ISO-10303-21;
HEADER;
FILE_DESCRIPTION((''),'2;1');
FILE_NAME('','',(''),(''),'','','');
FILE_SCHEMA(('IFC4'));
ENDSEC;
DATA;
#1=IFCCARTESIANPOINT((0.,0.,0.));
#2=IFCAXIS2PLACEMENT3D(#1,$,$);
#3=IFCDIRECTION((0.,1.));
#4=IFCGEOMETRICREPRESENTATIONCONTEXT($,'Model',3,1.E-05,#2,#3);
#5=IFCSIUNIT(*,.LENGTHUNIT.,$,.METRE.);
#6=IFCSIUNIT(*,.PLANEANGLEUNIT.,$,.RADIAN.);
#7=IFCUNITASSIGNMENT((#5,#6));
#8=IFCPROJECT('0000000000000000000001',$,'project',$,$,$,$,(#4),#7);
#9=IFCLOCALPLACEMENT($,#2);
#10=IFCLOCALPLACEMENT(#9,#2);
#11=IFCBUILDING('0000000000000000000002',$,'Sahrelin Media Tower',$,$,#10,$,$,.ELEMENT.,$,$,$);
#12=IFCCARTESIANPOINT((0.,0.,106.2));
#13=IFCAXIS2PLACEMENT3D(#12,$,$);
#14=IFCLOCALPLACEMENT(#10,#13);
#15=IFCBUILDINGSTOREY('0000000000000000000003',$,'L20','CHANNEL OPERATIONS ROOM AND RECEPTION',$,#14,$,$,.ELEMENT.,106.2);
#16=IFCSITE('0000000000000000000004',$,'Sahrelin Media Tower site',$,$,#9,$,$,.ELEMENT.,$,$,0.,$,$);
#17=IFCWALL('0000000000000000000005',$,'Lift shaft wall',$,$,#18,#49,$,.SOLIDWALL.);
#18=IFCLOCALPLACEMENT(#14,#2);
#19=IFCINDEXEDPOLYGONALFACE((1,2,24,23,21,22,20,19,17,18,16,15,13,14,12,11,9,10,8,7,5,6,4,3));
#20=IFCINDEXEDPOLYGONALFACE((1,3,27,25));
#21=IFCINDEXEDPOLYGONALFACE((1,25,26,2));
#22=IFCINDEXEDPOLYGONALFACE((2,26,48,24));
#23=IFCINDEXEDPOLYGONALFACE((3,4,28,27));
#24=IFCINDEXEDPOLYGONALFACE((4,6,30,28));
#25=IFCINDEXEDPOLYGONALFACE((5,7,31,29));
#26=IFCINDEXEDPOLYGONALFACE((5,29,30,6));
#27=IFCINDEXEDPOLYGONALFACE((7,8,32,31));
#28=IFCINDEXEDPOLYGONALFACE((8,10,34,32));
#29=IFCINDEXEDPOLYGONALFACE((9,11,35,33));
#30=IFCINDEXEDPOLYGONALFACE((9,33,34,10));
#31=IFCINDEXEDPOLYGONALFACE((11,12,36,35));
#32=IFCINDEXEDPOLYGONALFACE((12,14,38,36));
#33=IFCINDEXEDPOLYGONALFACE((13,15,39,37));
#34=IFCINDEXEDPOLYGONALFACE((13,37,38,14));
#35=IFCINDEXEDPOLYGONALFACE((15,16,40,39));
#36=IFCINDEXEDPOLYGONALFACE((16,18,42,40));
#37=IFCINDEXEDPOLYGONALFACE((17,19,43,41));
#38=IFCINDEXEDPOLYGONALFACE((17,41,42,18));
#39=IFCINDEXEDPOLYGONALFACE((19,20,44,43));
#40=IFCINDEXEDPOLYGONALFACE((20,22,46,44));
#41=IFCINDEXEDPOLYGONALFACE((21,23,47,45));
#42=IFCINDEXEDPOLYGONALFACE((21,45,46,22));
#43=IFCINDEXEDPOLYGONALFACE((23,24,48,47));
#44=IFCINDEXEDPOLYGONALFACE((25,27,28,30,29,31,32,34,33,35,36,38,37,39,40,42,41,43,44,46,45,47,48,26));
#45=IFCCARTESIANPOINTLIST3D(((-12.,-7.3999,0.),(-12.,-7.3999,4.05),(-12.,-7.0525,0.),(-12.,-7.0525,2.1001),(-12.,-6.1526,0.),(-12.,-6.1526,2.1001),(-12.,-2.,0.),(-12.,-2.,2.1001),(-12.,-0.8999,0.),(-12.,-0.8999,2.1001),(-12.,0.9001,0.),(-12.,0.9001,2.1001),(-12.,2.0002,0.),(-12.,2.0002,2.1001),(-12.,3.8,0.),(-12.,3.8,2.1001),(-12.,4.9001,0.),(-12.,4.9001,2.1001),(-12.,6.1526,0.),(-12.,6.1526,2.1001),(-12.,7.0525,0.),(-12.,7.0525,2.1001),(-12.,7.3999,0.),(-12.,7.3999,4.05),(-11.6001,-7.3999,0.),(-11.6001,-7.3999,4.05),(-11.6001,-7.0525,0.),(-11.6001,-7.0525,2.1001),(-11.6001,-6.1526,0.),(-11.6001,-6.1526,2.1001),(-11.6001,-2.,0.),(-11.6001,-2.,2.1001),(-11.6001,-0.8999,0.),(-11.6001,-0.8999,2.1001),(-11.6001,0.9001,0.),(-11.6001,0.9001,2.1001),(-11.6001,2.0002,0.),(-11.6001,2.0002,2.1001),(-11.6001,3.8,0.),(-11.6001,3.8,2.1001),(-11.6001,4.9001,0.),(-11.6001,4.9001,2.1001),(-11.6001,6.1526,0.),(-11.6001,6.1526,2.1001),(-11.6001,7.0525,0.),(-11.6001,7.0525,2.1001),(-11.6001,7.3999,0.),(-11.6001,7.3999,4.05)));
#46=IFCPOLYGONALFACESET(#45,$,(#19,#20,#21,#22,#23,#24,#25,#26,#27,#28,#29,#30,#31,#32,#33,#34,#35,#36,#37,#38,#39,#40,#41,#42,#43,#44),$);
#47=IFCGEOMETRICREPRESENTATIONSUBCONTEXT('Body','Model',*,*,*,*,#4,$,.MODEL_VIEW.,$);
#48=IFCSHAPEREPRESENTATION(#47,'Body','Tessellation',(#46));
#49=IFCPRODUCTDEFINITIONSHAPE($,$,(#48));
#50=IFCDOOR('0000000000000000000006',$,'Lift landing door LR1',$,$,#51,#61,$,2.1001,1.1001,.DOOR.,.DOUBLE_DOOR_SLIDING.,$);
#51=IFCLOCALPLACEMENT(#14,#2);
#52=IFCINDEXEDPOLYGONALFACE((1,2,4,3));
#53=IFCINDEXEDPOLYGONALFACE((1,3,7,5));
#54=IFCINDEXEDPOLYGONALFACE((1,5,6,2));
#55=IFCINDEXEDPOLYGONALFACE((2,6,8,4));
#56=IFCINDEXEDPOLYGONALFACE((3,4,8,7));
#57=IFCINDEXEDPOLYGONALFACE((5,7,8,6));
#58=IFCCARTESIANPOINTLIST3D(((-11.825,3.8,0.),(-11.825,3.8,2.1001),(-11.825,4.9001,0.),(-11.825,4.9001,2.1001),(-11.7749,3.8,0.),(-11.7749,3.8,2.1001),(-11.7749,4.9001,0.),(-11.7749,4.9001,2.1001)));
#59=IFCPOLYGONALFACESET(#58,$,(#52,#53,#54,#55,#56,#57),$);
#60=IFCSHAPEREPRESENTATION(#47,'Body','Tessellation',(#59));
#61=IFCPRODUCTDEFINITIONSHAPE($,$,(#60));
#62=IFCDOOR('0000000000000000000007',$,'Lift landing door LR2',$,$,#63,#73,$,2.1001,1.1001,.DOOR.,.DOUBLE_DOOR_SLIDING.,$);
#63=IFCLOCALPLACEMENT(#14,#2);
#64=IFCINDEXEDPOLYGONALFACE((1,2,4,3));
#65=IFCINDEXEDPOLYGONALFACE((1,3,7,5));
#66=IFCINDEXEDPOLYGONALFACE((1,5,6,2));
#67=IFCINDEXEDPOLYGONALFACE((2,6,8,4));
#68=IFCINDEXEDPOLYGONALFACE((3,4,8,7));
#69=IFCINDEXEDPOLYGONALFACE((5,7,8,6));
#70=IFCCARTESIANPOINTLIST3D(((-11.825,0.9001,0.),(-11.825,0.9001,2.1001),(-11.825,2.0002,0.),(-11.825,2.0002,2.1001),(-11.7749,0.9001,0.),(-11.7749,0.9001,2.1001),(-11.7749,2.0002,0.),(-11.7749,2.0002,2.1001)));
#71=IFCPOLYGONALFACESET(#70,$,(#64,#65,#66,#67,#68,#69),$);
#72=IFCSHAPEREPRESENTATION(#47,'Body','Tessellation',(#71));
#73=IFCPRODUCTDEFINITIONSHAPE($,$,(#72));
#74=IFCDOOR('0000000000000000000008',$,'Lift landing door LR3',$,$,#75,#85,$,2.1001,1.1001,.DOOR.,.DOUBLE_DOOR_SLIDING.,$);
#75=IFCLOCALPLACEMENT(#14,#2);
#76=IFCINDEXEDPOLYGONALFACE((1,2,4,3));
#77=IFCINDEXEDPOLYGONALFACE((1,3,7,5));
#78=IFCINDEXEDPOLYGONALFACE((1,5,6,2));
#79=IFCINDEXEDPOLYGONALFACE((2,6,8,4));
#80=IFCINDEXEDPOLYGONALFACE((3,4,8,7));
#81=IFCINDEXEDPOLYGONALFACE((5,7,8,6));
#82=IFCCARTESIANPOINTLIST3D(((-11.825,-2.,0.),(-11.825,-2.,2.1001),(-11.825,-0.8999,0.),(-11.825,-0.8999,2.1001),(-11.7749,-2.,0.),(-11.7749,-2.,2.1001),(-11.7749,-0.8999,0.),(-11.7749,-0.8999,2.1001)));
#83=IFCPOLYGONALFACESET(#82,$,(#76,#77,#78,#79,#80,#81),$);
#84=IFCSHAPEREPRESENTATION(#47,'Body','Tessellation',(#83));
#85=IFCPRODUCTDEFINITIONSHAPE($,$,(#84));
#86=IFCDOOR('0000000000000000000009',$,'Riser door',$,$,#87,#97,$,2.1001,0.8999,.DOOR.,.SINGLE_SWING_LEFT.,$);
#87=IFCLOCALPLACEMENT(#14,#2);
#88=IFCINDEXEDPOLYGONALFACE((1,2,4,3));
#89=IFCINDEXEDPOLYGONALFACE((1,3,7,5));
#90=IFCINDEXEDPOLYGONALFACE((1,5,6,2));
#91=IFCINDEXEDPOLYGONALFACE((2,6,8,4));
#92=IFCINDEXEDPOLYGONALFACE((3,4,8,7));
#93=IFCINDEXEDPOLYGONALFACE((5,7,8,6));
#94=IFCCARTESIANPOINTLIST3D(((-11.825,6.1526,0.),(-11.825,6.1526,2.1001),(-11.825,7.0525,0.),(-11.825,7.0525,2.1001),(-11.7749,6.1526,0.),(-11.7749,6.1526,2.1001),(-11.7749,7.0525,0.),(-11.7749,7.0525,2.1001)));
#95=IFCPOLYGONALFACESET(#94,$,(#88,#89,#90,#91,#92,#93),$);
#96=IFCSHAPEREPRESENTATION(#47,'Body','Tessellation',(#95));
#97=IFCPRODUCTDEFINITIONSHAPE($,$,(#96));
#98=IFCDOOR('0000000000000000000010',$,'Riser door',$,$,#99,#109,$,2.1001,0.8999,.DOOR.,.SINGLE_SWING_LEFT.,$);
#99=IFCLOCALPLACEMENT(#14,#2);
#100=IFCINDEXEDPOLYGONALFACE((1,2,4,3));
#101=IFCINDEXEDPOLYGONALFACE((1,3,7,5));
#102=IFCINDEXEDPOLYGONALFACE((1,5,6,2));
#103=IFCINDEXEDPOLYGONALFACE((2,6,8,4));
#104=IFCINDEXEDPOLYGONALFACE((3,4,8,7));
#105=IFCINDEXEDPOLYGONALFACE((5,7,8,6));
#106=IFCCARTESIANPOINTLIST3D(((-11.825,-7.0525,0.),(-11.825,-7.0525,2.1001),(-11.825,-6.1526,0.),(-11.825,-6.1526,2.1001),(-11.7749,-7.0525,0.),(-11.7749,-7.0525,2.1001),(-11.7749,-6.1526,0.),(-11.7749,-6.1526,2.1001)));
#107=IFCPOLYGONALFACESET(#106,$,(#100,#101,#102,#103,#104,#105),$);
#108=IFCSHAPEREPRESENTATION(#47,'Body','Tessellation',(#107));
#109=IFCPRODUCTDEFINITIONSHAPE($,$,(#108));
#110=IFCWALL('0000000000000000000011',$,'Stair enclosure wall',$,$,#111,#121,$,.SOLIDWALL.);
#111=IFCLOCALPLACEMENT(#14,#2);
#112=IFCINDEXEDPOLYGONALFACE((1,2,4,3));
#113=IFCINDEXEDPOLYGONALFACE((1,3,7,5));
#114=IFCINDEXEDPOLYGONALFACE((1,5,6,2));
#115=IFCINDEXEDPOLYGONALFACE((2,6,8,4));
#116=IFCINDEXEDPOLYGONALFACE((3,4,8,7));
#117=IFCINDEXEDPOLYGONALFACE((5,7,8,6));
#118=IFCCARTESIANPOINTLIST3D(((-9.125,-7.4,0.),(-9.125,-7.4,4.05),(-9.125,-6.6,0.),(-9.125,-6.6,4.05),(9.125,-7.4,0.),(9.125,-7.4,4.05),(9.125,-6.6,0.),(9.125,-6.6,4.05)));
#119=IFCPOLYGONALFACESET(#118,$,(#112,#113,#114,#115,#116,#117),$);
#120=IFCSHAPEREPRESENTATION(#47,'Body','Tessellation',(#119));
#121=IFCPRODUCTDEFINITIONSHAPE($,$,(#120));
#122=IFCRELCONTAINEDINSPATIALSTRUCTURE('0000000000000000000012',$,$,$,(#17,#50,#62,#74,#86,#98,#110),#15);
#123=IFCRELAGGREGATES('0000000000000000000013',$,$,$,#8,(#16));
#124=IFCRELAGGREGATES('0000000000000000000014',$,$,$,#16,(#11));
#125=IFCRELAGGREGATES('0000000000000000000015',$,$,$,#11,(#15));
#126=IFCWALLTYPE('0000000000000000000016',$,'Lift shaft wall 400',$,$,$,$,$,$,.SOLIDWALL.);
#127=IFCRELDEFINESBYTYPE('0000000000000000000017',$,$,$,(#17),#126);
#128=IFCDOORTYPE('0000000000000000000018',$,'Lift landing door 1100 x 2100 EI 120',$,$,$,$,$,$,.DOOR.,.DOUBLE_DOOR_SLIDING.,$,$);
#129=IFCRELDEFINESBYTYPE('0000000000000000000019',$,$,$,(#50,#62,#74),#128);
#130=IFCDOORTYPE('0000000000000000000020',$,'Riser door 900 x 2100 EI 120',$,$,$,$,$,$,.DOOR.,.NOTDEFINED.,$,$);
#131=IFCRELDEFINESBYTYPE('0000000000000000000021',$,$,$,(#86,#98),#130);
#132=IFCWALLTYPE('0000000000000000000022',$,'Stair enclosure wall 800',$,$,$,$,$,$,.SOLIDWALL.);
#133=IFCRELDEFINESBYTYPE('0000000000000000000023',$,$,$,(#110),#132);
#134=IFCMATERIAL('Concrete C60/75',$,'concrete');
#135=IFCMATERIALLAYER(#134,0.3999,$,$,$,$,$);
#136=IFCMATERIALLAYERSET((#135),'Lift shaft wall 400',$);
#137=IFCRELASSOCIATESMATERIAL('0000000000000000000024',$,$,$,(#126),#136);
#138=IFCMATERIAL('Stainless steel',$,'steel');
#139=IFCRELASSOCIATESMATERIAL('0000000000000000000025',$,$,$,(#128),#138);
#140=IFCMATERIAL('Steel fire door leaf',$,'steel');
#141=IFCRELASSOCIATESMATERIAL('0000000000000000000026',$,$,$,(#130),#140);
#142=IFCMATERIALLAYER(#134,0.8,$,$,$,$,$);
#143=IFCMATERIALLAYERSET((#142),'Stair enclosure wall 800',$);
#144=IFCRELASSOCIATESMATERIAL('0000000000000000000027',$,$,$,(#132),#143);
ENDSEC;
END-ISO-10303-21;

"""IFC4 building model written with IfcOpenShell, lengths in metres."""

from ifc_helpers import new_model, si_unit, direction, frame, frame_2d, origin, place, context, subcontext, project, spatial, rectangle, extrude, material, layer, layer_set, type_object, element, fill, save


model = new_model("IFC4")

# Units and contexts
model_context = context("Model", 3, precision=1e-05, world=origin(), true_north=direction((0.0, 1.0)))
body_context = subcontext(model_context, "Body", "Model", "MODEL_VIEW")
ifc_project = project(units=[si_unit("LENGTHUNIT", "METRE"), si_unit("PLANEANGLEUNIT", "RADIAN")], contexts=[model_context])

# Site, building, storey
site_placement = place(None, origin())
site = spatial("IfcSite", under=ifc_project, at=site_placement, Name="Sahrelin Media Tower site", CompositionType="ELEMENT", RefElevation=0.0)
building_placement = place(site_placement, origin())
building = spatial("IfcBuilding", under=site, at=building_placement, Name="Sahrelin Media Tower", CompositionType="ELEMENT")
storey_placement = place(building_placement, frame((0.0, 0.0, 106.2)))
storey = spatial("IfcBuildingStorey", under=building, at=storey_placement, Name="L20", Description="CHANNEL OPERATIONS ROOM AND RECEPTION", CompositionType="ELEMENT", Elevation=106.2)

# Shared definitions
ifc_material_1 = material(Name="Concrete C60/75", Category="concrete")
ifc_material_2 = material(Name="Steel fire door leaf", Category="steel")

# Wall, openings, doors
ifc_material_3 = material(Name="Stainless steel", Category="steel")
ifc_layer_1 = layer(ifc_material_1, 0.3999)
ifc_layer_set_1 = layer_set([ifc_layer_1], Name="Lift shaft wall 400")
wall_type_1 = type_object("IfcWallType", Name="Lift shaft wall 400", PredefinedType="SOLIDWALL", material=ifc_layer_set_1)
wall_1_placement = place(storey_placement, frame((-11.8, -7.3999, 0.0), z_axis=(0.0, 0.0, 1.0), x_axis=(0.0, 1.0, 0.0)))
wall_1 = element("IfcWall", 1, at=wall_1_placement, inside=storey, type_object=wall_type_1, Name="Lift shaft wall", PredefinedType="SOLIDWALL", context=body_context, shape_type="SweptSolid", body=[
    extrude(rectangle(XDim=14.7998, YDim=0.3999, at=frame_2d((7.3999, 0.0))), origin(), (0.0, 0.0, 1.0), 4.05),
])
opening_1_placement = place(wall_1_placement, frame((11.2, 0.0, 0.0)))
opening_1 = element("IfcOpeningElement", 2, at=opening_1_placement, cuts=wall_1, PredefinedType="OPENING", context=body_context, shape_type="SweptSolid", body=[
    extrude(rectangle(XDim=1.1001, YDim=2.1001, at=frame_2d((0.55, 1.05))), frame((0.0, 0.2, 0.0), z_axis=(0.0, -1.0, 0.0), x_axis=(1.0, 0.0, 0.0)), (0.0, 0.0, 1.0), 0.3999),
])
opening_2_placement = place(wall_1_placement, frame((8.3, 0.0, 0.0)))
opening_2 = element("IfcOpeningElement", 3, at=opening_2_placement, cuts=wall_1, PredefinedType="OPENING", context=body_context, shape_type="SweptSolid", body=[
    extrude(rectangle(XDim=1.1001, YDim=2.1001, at=frame_2d((0.55, 1.05))), frame((0.0, 0.2, 0.0), z_axis=(0.0, -1.0, 0.0), x_axis=(1.0, 0.0, 0.0)), (0.0, 0.0, 1.0), 0.3999),
])
opening_3_placement = place(wall_1_placement, frame((5.3999, 0.0, 0.0)))
opening_3 = element("IfcOpeningElement", 4, at=opening_3_placement, cuts=wall_1, PredefinedType="OPENING", context=body_context, shape_type="SweptSolid", body=[
    extrude(rectangle(XDim=1.1001, YDim=2.1001, at=frame_2d((0.55, 1.05))), frame((0.0, 0.2, 0.0), z_axis=(0.0, -1.0, 0.0), x_axis=(1.0, 0.0, 0.0)), (0.0, 0.0, 1.0), 0.3999),
])
opening_4_placement = place(wall_1_placement, frame((13.5525, 0.0, 0.0)))
opening_4 = element("IfcOpeningElement", 5, at=opening_4_placement, cuts=wall_1, PredefinedType="OPENING", context=body_context, shape_type="SweptSolid", body=[
    extrude(rectangle(XDim=0.8999, YDim=2.1001, at=frame_2d((0.45, 1.05))), frame((0.0, 0.2, 0.0), z_axis=(0.0, -1.0, 0.0), x_axis=(1.0, 0.0, 0.0)), (0.0, 0.0, 1.0), 0.3999),
])
opening_5_placement = place(wall_1_placement, frame((0.3474, 0.0, 0.0)))
opening_5 = element("IfcOpeningElement", 6, at=opening_5_placement, cuts=wall_1, PredefinedType="OPENING", context=body_context, shape_type="SweptSolid", body=[
    extrude(rectangle(XDim=0.8999, YDim=2.1001, at=frame_2d((0.45, 1.05))), frame((0.0, 0.2, 0.0), z_axis=(0.0, -1.0, 0.0), x_axis=(1.0, 0.0, 0.0)), (0.0, 0.0, 1.0), 0.3999),
])
door_type_1 = type_object("IfcDoorType", Name="Lift landing door 1100 x 2100 EI 120", OperationType="DOUBLE_DOOR_SLIDING", PredefinedType="DOOR", material=ifc_material_3)
door_1_placement = place(opening_1_placement, origin())
door_1 = element("IfcDoor", 7, at=door_1_placement, inside=storey, type_object=door_type_1, Name="Lift landing door LR1", OperationType="DOUBLE_DOOR_SLIDING", OverallHeight=2.1001, OverallWidth=1.1001, PredefinedType="DOOR", context=body_context, shape_type="SweptSolid", body=[
    extrude(rectangle(XDim=1.1001, YDim=2.1001, at=frame_2d((0.55, 1.05))), frame((0.0, 0.0249, 0.0), z_axis=(0.0, -1.0, 0.0), x_axis=(1.0, 0.0, 0.0)), (0.0, 0.0, 1.0), 0.05),
])
fill(opening_1, door_1)
door_2_placement = place(opening_2_placement, origin())
door_2 = element("IfcDoor", 8, at=door_2_placement, inside=storey, type_object=door_type_1, Name="Lift landing door LR2", OperationType="DOUBLE_DOOR_SLIDING", OverallHeight=2.1001, OverallWidth=1.1001, PredefinedType="DOOR", context=body_context, shape_type="SweptSolid", body=[
    extrude(rectangle(XDim=1.1001, YDim=2.1001, at=frame_2d((0.55, 1.05))), frame((0.0, 0.0249, 0.0), z_axis=(0.0, -1.0, 0.0), x_axis=(1.0, 0.0, 0.0)), (0.0, 0.0, 1.0), 0.05),
])
fill(opening_2, door_2)
door_3_placement = place(opening_3_placement, origin())
door_3 = element("IfcDoor", 9, at=door_3_placement, inside=storey, type_object=door_type_1, Name="Lift landing door LR3", OperationType="DOUBLE_DOOR_SLIDING", OverallHeight=2.1001, OverallWidth=1.1001, PredefinedType="DOOR", context=body_context, shape_type="SweptSolid", body=[
    extrude(rectangle(XDim=1.1001, YDim=2.1001, at=frame_2d((0.55, 1.05))), frame((0.0, 0.0249, 0.0), z_axis=(0.0, -1.0, 0.0), x_axis=(1.0, 0.0, 0.0)), (0.0, 0.0, 1.0), 0.05),
])
fill(opening_3, door_3)
door_type_2 = type_object("IfcDoorType", Name="Riser door 900 x 2100 EI 120", OperationType="NOTDEFINED", PredefinedType="DOOR", material=ifc_material_2)
door_4_placement = place(opening_4_placement, origin())
door_4 = element("IfcDoor", 10, at=door_4_placement, inside=storey, type_object=door_type_2, Name="Riser door", OperationType="SINGLE_SWING_LEFT", OverallHeight=2.1001, OverallWidth=0.8999, PredefinedType="DOOR", context=body_context, shape_type="SweptSolid", body=[
    extrude(rectangle(XDim=0.8999, YDim=2.1001, at=frame_2d((0.45, 1.05))), frame((0.0, 0.0249, 0.0), z_axis=(0.0, -1.0, 0.0), x_axis=(1.0, 0.0, 0.0)), (0.0, 0.0, 1.0), 0.05),
])
fill(opening_4, door_4)
door_5_placement = place(opening_5_placement, origin())
door_5 = element("IfcDoor", 11, at=door_5_placement, inside=storey, type_object=door_type_2, Name="Riser door", OperationType="SINGLE_SWING_LEFT", OverallHeight=2.1001, OverallWidth=0.8999, PredefinedType="DOOR", context=body_context, shape_type="SweptSolid", body=[
    extrude(rectangle(XDim=0.8999, YDim=2.1001, at=frame_2d((0.45, 1.05))), frame((0.0, 0.0249, 0.0), z_axis=(0.0, -1.0, 0.0), x_axis=(1.0, 0.0, 0.0)), (0.0, 0.0, 1.0), 0.05),
])
fill(opening_5, door_5)

# Wall
ifc_layer_2 = layer(ifc_material_1, 0.8)
ifc_layer_set_2 = layer_set([ifc_layer_2], Name="Stair enclosure wall 800")
wall_type_2 = type_object("IfcWallType", Name="Stair enclosure wall 800", PredefinedType="SOLIDWALL", material=ifc_layer_set_2)
wall_2_placement = place(storey_placement, frame((-9.125, -7.0, 0.0), z_axis=(0.0, 0.0, 1.0), x_axis=(1.0, 0.0, 0.0)))
element("IfcWall", 12, at=wall_2_placement, inside=storey, type_object=wall_type_2, Name="Stair enclosure wall", PredefinedType="SOLIDWALL", context=body_context, shape_type="SweptSolid", body=[
    extrude(rectangle(XDim=18.25, YDim=0.8, at=frame_2d((9.125, 0.0))), origin(), (0.0, 0.0, 1.0), 4.05),
])

save(model, "model.ifc")
